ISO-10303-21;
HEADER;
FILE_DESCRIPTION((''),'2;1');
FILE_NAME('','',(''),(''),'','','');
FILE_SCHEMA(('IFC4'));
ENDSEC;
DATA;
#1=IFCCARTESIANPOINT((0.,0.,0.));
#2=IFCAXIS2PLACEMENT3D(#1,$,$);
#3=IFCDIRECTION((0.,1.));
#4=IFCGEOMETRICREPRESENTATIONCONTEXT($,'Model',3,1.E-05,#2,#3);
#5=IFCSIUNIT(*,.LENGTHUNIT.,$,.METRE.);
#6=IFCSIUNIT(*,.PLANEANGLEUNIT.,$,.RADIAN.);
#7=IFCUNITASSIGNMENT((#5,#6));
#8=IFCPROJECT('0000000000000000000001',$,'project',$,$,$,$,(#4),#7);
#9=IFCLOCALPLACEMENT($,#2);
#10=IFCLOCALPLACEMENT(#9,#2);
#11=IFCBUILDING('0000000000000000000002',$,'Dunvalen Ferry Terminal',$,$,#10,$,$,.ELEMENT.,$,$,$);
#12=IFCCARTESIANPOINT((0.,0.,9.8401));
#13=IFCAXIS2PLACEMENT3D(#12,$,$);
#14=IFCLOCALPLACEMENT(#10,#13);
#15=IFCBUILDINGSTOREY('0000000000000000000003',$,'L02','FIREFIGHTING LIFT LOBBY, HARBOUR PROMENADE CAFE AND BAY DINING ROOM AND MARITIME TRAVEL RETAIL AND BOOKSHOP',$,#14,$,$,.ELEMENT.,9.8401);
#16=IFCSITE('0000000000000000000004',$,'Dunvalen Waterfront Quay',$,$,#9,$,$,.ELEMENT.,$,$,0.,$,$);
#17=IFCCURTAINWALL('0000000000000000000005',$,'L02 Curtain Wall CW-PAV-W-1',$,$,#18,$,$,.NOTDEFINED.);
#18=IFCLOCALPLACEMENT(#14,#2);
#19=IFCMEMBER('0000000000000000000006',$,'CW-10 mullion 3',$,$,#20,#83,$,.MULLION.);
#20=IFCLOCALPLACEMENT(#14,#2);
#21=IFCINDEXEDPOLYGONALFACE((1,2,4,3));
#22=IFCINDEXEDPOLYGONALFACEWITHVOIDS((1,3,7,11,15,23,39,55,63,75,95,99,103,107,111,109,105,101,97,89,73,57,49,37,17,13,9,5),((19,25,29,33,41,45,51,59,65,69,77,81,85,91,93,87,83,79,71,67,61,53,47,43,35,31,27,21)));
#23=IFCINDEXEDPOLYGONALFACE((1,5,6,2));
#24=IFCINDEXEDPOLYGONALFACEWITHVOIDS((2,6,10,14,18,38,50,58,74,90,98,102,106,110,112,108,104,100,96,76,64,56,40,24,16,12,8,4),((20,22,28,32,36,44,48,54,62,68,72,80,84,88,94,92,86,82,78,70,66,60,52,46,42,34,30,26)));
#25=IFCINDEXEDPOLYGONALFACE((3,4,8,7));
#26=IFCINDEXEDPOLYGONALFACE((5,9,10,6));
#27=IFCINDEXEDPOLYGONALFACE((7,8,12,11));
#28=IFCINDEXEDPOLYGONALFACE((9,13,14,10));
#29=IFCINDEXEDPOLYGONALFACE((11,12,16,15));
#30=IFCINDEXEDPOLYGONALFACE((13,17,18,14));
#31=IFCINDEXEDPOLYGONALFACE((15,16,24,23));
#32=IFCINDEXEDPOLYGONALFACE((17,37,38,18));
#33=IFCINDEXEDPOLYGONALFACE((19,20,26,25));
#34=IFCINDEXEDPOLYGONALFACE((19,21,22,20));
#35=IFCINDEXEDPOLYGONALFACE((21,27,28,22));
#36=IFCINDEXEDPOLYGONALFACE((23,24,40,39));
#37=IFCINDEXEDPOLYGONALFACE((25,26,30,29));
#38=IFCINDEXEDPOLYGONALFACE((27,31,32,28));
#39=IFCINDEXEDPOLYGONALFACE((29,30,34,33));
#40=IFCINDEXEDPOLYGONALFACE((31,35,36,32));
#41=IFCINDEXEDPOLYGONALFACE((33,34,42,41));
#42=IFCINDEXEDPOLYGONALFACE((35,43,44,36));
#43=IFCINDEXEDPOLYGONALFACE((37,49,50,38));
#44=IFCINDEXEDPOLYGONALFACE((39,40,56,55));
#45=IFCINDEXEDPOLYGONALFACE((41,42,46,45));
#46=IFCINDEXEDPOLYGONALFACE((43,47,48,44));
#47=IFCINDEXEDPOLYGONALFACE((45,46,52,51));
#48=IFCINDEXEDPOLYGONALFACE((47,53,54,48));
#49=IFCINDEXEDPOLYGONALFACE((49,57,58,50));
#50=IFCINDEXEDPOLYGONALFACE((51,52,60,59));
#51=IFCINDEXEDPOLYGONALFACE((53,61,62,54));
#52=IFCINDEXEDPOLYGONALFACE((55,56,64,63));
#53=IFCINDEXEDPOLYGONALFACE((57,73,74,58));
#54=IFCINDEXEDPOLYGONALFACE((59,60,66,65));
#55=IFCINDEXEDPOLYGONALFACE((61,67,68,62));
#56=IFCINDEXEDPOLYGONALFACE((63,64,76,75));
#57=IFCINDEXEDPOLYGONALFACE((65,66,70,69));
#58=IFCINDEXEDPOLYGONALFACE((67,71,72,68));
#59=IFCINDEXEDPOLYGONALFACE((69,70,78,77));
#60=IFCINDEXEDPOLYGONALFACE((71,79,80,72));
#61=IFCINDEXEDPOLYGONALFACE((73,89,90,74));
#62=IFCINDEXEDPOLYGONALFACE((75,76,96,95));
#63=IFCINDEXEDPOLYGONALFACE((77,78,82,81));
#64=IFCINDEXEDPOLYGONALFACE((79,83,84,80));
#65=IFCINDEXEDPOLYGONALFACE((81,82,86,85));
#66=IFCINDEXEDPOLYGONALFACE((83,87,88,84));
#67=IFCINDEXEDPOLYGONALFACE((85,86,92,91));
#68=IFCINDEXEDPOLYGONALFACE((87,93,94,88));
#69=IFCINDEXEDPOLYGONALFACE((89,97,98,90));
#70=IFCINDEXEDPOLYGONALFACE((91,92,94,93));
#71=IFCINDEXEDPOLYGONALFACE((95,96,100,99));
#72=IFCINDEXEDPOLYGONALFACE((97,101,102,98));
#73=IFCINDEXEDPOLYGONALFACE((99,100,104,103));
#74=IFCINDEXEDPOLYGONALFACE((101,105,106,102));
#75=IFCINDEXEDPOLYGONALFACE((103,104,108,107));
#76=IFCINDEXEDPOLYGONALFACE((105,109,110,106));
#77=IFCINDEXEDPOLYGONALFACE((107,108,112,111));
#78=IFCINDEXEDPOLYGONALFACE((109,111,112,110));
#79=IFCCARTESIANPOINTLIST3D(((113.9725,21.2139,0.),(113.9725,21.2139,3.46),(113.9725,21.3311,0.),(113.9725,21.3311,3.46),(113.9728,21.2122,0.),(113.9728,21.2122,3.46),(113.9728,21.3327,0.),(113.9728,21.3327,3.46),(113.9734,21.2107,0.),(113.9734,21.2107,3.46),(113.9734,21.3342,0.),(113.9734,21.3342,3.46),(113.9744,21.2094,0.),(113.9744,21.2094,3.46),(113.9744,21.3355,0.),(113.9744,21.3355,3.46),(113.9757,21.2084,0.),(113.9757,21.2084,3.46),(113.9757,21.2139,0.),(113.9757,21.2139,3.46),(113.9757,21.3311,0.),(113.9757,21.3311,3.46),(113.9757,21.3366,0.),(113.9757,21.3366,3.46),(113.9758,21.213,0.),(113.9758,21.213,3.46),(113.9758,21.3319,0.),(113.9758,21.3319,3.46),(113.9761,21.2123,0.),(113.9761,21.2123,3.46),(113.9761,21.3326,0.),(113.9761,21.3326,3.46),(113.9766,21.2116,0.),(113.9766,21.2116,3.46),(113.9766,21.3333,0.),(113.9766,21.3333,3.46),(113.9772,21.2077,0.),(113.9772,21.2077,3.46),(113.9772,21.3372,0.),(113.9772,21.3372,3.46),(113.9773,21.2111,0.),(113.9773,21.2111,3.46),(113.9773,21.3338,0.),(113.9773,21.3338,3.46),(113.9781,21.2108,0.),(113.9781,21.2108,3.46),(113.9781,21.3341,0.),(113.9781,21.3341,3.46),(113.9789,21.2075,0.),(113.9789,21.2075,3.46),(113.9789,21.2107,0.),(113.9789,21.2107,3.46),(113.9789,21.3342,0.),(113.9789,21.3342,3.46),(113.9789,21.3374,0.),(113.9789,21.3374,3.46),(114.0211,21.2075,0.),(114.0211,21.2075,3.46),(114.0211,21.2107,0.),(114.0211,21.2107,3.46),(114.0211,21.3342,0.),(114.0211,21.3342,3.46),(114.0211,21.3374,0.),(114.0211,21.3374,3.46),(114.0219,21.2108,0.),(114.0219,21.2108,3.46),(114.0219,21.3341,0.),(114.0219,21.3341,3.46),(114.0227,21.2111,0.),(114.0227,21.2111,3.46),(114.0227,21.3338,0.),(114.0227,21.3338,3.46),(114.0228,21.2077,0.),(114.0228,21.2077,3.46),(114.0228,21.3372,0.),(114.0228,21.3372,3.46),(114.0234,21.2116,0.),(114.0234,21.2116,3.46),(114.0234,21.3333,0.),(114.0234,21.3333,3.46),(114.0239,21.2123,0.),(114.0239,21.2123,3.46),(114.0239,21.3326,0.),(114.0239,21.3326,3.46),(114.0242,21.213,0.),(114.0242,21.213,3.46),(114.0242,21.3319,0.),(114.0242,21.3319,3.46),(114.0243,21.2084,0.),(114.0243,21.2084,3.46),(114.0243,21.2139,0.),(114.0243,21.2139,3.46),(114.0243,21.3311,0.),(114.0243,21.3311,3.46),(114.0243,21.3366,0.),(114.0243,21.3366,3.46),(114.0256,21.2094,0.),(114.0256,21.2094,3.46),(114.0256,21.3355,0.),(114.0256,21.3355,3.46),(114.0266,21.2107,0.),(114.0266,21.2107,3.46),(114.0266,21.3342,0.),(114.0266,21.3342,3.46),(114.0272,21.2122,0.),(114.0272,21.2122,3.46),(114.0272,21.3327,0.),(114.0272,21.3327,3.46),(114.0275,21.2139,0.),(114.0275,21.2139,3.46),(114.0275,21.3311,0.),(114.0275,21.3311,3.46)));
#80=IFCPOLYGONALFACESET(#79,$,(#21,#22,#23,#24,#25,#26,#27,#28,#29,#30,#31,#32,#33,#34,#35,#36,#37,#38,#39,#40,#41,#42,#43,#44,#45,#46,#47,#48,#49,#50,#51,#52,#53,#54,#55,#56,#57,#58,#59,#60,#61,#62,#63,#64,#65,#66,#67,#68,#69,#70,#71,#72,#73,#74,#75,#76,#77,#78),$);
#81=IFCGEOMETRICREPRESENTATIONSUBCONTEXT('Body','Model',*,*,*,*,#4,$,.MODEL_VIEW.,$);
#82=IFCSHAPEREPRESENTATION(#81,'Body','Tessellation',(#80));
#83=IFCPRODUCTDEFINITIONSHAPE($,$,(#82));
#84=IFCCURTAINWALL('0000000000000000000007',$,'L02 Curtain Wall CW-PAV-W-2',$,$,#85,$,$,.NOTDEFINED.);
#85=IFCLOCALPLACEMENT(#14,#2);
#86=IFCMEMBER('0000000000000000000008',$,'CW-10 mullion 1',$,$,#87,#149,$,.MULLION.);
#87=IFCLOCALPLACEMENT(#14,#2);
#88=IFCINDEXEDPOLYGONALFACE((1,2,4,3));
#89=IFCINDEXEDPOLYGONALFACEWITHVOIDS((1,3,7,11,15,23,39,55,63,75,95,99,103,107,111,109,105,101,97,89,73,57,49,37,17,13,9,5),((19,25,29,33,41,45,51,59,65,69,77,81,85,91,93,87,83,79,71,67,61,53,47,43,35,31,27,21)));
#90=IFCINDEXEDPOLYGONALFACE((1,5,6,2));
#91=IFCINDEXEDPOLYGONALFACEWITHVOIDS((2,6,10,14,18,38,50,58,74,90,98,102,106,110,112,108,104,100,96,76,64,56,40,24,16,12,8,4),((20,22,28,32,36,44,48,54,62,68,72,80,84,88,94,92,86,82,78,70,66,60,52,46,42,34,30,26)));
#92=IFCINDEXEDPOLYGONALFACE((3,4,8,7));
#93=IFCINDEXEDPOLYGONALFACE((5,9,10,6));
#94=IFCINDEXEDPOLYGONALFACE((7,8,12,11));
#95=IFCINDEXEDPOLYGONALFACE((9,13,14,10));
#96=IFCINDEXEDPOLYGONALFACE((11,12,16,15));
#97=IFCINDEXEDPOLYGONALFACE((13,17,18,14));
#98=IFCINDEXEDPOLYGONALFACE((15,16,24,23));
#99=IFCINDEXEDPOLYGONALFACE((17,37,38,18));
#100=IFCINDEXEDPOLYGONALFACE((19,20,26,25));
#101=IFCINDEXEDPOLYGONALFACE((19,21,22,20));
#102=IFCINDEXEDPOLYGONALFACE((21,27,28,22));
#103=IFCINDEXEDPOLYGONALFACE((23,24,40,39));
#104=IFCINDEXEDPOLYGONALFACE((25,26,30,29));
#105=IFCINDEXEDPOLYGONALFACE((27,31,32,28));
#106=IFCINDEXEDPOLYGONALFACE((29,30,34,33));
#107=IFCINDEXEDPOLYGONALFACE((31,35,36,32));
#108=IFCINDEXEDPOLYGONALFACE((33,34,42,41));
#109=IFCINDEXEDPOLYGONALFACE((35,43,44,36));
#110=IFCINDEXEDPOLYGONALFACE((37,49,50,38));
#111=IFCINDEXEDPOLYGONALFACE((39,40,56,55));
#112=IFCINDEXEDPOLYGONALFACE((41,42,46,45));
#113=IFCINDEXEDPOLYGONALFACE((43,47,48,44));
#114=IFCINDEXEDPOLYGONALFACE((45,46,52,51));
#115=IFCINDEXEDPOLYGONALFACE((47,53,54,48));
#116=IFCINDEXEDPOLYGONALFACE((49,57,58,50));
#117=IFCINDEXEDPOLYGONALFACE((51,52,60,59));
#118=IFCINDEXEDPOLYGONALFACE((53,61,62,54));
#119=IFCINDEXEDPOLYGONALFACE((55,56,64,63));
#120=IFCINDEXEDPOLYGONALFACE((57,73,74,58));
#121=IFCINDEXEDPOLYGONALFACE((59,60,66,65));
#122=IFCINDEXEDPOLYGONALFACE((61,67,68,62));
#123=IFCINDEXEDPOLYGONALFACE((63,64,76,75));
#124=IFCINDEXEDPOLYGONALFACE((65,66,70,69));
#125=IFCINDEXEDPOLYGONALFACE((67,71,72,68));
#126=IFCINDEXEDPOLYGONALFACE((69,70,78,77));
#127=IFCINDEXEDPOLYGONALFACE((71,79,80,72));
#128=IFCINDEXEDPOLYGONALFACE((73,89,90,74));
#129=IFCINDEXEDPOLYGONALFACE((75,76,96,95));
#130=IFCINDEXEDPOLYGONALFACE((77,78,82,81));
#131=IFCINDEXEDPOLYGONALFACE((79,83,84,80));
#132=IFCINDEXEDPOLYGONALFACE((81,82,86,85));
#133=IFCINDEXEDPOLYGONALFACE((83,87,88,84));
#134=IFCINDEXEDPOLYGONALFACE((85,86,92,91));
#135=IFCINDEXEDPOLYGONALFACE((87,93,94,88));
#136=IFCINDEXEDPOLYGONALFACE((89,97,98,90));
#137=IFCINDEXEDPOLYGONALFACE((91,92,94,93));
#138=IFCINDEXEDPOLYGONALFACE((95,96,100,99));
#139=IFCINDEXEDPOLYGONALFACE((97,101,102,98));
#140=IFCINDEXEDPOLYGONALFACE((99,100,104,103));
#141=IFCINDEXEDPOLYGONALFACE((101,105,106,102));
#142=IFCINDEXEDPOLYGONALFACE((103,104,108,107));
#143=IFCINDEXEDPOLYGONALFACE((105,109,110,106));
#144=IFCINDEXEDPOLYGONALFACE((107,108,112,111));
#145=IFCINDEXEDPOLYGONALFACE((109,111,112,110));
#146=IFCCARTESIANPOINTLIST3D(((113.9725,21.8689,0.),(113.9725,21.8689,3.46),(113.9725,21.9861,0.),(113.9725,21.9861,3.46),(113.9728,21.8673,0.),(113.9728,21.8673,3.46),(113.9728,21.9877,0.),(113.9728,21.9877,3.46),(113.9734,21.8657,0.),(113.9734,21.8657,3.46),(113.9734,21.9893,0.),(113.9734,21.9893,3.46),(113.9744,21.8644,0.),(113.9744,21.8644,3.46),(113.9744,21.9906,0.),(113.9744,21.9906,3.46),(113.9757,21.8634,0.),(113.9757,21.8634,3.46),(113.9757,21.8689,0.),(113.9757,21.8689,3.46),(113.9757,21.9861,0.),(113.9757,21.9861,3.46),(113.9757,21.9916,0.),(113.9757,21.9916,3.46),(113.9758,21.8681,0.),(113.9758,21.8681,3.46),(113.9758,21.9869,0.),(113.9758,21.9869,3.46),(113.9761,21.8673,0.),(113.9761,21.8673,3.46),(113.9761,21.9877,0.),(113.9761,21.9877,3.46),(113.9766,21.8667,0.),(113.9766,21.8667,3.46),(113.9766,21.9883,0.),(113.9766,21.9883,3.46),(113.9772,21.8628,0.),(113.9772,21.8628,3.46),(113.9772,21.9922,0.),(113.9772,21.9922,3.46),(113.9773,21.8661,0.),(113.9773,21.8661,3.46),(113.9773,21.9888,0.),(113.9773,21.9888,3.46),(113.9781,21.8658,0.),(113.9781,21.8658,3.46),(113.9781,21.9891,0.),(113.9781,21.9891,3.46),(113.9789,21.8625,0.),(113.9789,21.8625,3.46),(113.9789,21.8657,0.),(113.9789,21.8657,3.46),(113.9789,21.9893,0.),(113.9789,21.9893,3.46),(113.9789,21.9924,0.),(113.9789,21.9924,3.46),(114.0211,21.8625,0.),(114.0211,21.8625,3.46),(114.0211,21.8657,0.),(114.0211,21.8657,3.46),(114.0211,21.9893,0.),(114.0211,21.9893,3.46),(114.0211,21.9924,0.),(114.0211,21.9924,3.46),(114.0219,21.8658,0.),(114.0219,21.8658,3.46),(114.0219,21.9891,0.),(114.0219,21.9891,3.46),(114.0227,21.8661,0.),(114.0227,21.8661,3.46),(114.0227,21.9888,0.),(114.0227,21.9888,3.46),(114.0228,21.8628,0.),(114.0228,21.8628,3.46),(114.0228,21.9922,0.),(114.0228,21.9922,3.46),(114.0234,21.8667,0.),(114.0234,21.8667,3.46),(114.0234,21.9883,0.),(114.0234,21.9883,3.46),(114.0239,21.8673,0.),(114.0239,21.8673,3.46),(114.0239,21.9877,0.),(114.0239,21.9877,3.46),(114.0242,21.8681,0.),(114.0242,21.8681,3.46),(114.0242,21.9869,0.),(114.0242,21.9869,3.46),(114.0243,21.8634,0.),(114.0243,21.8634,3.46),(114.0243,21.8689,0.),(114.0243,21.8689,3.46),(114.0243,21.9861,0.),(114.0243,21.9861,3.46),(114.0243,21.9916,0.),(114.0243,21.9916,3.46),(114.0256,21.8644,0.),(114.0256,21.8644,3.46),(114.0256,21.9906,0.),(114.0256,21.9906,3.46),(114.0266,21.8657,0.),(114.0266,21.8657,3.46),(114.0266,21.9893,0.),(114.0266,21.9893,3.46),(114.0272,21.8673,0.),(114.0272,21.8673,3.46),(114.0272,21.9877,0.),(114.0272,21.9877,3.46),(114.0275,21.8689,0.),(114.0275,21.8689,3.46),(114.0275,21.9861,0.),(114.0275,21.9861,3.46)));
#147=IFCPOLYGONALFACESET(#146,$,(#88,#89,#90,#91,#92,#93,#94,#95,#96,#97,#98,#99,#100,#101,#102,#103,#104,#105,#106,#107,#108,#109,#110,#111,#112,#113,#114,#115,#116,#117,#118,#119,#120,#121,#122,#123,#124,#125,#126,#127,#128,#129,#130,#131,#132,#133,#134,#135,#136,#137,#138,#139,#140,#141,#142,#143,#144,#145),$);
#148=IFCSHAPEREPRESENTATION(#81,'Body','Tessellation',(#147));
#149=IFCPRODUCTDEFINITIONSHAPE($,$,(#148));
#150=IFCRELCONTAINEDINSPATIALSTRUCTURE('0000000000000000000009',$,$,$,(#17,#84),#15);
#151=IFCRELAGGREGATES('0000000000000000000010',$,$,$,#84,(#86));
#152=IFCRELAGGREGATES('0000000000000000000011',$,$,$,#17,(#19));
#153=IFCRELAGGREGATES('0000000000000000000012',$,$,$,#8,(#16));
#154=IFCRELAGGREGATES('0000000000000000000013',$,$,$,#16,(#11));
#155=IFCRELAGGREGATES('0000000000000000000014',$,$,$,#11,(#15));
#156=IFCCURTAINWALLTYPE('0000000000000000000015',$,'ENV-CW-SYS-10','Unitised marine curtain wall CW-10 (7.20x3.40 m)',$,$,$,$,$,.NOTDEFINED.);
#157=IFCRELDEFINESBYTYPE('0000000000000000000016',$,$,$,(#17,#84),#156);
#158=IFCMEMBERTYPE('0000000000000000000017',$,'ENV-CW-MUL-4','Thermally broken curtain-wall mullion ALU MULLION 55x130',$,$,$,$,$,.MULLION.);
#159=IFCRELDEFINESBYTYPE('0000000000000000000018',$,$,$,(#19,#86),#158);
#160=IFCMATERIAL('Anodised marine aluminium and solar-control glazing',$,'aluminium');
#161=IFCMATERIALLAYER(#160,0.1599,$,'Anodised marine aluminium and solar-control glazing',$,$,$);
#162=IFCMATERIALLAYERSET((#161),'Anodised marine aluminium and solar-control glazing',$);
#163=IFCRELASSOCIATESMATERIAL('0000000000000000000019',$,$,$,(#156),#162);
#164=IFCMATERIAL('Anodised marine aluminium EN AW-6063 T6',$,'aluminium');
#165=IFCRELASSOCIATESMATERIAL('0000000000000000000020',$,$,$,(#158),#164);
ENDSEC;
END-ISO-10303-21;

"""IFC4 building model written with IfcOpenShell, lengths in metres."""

from ifc_helpers import new_model, si_unit, direction, frame, origin, origin_2d, place, context, subcontext, project, spatial, hollow_rectangle, extrude, material, layer, layer_set, material_profile, profile_set, type_object, element, aggregate, save


model = new_model("IFC4")

# Units and contexts
model_context = context("Model", 3, precision=1e-05, world=origin(), true_north=direction((0.0, 1.0)))
body_context = subcontext(model_context, "Body", "Model", "MODEL_VIEW")
ifc_project = project(units=[si_unit("LENGTHUNIT", "METRE"), si_unit("PLANEANGLEUNIT", "RADIAN")], contexts=[model_context])

# Site, building, storey
site_placement = place(None, origin())
site = spatial("IfcSite", under=ifc_project, at=site_placement, Name="Dunvalen Waterfront Quay", CompositionType="ELEMENT", RefElevation=0.0)
building_placement = place(site_placement, origin())
building = spatial("IfcBuilding", under=site, at=building_placement, Name="Dunvalen Ferry Terminal", CompositionType="ELEMENT")
storey_placement = place(building_placement, frame((0.0, 0.0, 9.8401)))
storey = spatial("IfcBuildingStorey", under=building, at=storey_placement, Name="L02", Description="FIREFIGHTING LIFT LOBBY, HARBOUR PROMENADE CAFE AND BAY DINING ROOM AND MARITIME TRAVEL RETAIL AND BOOKSHOP", CompositionType="ELEMENT", Elevation=9.8401)

# Curtain wall, member
ifc_material_1 = material(Name="Anodised marine aluminium and solar-control glazing", Category="aluminium")
ifc_layer_1 = layer(ifc_material_1, 0.1599, Name="Anodised marine aluminium and solar-control glazing")
ifc_layer_set_1 = layer_set([ifc_layer_1], Name="Anodised marine aluminium and solar-control glazing")
curtain_wall_type = type_object("IfcCurtainWallType", Name="ENV-CW-SYS-10", Description="Unitised marine curtain wall CW-10 (7.20x3.40 m)", PredefinedType="NOTDEFINED", material=ifc_layer_set_1)
curtain_wall_1_placement = place(storey_placement, origin())
curtain_wall_1 = element("IfcCurtainWall", 1, at=curtain_wall_1_placement, inside=storey, type_object=curtain_wall_type, Name="L02 Curtain Wall CW-PAV-W-1", PredefinedType="NOTDEFINED")
ifc_material_2 = material(Name="Anodised marine aluminium EN AW-6063 T6", Category="aluminium")
ifc_material_profile_1 = material_profile(ifc_material_2, hollow_rectangle(XDim=0.0549, YDim=0.1299, WallThickness=0.0032, InnerFilletRadius=0.0032, OuterFilletRadius=0.0063, at=origin_2d()), Name="Anodised marine aluminium EN AW-6063 T6")
ifc_profile_set_1 = profile_set([ifc_material_profile_1], Name="Anodised marine aluminium EN AW-6063 T6")
member_type_1 = type_object("IfcMemberType", Name="ENV-CW-MUL-4", Description="Thermally broken curtain-wall mullion ALU MULLION 55x130", PredefinedType="MULLION", material=ifc_profile_set_1)
member_1_placement = place(storey_placement, frame((114.0, 21.2725, 0.0), z_axis=(0.0, 0.0, 1.0), x_axis=(-1.0, 0.0, 0.0)))
member_1 = element("IfcMember", 2, at=member_1_placement, type_object=member_type_1, Name="CW-10 mullion 3", PredefinedType="MULLION", context=body_context, shape_type="SweptSolid", body=[
    extrude(hollow_rectangle(XDim=0.0549, YDim=0.1299, WallThickness=0.0032, InnerFilletRadius=0.0032, OuterFilletRadius=0.0063, at=origin_2d()), origin(), (0.0, 0.0, 1.0), 3.46),
])

# Curtain wall, member
curtain_wall_2_placement = place(storey_placement, origin())
curtain_wall_2 = element("IfcCurtainWall", 3, at=curtain_wall_2_placement, inside=storey, type_object=curtain_wall_type, Name="L02 Curtain Wall CW-PAV-W-2", PredefinedType="NOTDEFINED")
member_2_placement = place(storey_placement, frame((114.0, 21.9275, 0.0), z_axis=(0.0, 0.0, 1.0), x_axis=(-1.0, 0.0, 0.0)))
member_2 = element("IfcMember", 4, at=member_2_placement, type_object=member_type_1, Name="CW-10 mullion 1", PredefinedType="MULLION", context=body_context, shape_type="SweptSolid", body=[
    extrude(hollow_rectangle(XDim=0.0549, YDim=0.1299, WallThickness=0.0032, InnerFilletRadius=0.0032, OuterFilletRadius=0.0063, at=origin_2d()), origin(), (0.0, 0.0, 1.0), 3.46),
])

aggregate(curtain_wall_2, [member_2])

aggregate(curtain_wall_1, [member_1])

save(model, "model.ifc")
